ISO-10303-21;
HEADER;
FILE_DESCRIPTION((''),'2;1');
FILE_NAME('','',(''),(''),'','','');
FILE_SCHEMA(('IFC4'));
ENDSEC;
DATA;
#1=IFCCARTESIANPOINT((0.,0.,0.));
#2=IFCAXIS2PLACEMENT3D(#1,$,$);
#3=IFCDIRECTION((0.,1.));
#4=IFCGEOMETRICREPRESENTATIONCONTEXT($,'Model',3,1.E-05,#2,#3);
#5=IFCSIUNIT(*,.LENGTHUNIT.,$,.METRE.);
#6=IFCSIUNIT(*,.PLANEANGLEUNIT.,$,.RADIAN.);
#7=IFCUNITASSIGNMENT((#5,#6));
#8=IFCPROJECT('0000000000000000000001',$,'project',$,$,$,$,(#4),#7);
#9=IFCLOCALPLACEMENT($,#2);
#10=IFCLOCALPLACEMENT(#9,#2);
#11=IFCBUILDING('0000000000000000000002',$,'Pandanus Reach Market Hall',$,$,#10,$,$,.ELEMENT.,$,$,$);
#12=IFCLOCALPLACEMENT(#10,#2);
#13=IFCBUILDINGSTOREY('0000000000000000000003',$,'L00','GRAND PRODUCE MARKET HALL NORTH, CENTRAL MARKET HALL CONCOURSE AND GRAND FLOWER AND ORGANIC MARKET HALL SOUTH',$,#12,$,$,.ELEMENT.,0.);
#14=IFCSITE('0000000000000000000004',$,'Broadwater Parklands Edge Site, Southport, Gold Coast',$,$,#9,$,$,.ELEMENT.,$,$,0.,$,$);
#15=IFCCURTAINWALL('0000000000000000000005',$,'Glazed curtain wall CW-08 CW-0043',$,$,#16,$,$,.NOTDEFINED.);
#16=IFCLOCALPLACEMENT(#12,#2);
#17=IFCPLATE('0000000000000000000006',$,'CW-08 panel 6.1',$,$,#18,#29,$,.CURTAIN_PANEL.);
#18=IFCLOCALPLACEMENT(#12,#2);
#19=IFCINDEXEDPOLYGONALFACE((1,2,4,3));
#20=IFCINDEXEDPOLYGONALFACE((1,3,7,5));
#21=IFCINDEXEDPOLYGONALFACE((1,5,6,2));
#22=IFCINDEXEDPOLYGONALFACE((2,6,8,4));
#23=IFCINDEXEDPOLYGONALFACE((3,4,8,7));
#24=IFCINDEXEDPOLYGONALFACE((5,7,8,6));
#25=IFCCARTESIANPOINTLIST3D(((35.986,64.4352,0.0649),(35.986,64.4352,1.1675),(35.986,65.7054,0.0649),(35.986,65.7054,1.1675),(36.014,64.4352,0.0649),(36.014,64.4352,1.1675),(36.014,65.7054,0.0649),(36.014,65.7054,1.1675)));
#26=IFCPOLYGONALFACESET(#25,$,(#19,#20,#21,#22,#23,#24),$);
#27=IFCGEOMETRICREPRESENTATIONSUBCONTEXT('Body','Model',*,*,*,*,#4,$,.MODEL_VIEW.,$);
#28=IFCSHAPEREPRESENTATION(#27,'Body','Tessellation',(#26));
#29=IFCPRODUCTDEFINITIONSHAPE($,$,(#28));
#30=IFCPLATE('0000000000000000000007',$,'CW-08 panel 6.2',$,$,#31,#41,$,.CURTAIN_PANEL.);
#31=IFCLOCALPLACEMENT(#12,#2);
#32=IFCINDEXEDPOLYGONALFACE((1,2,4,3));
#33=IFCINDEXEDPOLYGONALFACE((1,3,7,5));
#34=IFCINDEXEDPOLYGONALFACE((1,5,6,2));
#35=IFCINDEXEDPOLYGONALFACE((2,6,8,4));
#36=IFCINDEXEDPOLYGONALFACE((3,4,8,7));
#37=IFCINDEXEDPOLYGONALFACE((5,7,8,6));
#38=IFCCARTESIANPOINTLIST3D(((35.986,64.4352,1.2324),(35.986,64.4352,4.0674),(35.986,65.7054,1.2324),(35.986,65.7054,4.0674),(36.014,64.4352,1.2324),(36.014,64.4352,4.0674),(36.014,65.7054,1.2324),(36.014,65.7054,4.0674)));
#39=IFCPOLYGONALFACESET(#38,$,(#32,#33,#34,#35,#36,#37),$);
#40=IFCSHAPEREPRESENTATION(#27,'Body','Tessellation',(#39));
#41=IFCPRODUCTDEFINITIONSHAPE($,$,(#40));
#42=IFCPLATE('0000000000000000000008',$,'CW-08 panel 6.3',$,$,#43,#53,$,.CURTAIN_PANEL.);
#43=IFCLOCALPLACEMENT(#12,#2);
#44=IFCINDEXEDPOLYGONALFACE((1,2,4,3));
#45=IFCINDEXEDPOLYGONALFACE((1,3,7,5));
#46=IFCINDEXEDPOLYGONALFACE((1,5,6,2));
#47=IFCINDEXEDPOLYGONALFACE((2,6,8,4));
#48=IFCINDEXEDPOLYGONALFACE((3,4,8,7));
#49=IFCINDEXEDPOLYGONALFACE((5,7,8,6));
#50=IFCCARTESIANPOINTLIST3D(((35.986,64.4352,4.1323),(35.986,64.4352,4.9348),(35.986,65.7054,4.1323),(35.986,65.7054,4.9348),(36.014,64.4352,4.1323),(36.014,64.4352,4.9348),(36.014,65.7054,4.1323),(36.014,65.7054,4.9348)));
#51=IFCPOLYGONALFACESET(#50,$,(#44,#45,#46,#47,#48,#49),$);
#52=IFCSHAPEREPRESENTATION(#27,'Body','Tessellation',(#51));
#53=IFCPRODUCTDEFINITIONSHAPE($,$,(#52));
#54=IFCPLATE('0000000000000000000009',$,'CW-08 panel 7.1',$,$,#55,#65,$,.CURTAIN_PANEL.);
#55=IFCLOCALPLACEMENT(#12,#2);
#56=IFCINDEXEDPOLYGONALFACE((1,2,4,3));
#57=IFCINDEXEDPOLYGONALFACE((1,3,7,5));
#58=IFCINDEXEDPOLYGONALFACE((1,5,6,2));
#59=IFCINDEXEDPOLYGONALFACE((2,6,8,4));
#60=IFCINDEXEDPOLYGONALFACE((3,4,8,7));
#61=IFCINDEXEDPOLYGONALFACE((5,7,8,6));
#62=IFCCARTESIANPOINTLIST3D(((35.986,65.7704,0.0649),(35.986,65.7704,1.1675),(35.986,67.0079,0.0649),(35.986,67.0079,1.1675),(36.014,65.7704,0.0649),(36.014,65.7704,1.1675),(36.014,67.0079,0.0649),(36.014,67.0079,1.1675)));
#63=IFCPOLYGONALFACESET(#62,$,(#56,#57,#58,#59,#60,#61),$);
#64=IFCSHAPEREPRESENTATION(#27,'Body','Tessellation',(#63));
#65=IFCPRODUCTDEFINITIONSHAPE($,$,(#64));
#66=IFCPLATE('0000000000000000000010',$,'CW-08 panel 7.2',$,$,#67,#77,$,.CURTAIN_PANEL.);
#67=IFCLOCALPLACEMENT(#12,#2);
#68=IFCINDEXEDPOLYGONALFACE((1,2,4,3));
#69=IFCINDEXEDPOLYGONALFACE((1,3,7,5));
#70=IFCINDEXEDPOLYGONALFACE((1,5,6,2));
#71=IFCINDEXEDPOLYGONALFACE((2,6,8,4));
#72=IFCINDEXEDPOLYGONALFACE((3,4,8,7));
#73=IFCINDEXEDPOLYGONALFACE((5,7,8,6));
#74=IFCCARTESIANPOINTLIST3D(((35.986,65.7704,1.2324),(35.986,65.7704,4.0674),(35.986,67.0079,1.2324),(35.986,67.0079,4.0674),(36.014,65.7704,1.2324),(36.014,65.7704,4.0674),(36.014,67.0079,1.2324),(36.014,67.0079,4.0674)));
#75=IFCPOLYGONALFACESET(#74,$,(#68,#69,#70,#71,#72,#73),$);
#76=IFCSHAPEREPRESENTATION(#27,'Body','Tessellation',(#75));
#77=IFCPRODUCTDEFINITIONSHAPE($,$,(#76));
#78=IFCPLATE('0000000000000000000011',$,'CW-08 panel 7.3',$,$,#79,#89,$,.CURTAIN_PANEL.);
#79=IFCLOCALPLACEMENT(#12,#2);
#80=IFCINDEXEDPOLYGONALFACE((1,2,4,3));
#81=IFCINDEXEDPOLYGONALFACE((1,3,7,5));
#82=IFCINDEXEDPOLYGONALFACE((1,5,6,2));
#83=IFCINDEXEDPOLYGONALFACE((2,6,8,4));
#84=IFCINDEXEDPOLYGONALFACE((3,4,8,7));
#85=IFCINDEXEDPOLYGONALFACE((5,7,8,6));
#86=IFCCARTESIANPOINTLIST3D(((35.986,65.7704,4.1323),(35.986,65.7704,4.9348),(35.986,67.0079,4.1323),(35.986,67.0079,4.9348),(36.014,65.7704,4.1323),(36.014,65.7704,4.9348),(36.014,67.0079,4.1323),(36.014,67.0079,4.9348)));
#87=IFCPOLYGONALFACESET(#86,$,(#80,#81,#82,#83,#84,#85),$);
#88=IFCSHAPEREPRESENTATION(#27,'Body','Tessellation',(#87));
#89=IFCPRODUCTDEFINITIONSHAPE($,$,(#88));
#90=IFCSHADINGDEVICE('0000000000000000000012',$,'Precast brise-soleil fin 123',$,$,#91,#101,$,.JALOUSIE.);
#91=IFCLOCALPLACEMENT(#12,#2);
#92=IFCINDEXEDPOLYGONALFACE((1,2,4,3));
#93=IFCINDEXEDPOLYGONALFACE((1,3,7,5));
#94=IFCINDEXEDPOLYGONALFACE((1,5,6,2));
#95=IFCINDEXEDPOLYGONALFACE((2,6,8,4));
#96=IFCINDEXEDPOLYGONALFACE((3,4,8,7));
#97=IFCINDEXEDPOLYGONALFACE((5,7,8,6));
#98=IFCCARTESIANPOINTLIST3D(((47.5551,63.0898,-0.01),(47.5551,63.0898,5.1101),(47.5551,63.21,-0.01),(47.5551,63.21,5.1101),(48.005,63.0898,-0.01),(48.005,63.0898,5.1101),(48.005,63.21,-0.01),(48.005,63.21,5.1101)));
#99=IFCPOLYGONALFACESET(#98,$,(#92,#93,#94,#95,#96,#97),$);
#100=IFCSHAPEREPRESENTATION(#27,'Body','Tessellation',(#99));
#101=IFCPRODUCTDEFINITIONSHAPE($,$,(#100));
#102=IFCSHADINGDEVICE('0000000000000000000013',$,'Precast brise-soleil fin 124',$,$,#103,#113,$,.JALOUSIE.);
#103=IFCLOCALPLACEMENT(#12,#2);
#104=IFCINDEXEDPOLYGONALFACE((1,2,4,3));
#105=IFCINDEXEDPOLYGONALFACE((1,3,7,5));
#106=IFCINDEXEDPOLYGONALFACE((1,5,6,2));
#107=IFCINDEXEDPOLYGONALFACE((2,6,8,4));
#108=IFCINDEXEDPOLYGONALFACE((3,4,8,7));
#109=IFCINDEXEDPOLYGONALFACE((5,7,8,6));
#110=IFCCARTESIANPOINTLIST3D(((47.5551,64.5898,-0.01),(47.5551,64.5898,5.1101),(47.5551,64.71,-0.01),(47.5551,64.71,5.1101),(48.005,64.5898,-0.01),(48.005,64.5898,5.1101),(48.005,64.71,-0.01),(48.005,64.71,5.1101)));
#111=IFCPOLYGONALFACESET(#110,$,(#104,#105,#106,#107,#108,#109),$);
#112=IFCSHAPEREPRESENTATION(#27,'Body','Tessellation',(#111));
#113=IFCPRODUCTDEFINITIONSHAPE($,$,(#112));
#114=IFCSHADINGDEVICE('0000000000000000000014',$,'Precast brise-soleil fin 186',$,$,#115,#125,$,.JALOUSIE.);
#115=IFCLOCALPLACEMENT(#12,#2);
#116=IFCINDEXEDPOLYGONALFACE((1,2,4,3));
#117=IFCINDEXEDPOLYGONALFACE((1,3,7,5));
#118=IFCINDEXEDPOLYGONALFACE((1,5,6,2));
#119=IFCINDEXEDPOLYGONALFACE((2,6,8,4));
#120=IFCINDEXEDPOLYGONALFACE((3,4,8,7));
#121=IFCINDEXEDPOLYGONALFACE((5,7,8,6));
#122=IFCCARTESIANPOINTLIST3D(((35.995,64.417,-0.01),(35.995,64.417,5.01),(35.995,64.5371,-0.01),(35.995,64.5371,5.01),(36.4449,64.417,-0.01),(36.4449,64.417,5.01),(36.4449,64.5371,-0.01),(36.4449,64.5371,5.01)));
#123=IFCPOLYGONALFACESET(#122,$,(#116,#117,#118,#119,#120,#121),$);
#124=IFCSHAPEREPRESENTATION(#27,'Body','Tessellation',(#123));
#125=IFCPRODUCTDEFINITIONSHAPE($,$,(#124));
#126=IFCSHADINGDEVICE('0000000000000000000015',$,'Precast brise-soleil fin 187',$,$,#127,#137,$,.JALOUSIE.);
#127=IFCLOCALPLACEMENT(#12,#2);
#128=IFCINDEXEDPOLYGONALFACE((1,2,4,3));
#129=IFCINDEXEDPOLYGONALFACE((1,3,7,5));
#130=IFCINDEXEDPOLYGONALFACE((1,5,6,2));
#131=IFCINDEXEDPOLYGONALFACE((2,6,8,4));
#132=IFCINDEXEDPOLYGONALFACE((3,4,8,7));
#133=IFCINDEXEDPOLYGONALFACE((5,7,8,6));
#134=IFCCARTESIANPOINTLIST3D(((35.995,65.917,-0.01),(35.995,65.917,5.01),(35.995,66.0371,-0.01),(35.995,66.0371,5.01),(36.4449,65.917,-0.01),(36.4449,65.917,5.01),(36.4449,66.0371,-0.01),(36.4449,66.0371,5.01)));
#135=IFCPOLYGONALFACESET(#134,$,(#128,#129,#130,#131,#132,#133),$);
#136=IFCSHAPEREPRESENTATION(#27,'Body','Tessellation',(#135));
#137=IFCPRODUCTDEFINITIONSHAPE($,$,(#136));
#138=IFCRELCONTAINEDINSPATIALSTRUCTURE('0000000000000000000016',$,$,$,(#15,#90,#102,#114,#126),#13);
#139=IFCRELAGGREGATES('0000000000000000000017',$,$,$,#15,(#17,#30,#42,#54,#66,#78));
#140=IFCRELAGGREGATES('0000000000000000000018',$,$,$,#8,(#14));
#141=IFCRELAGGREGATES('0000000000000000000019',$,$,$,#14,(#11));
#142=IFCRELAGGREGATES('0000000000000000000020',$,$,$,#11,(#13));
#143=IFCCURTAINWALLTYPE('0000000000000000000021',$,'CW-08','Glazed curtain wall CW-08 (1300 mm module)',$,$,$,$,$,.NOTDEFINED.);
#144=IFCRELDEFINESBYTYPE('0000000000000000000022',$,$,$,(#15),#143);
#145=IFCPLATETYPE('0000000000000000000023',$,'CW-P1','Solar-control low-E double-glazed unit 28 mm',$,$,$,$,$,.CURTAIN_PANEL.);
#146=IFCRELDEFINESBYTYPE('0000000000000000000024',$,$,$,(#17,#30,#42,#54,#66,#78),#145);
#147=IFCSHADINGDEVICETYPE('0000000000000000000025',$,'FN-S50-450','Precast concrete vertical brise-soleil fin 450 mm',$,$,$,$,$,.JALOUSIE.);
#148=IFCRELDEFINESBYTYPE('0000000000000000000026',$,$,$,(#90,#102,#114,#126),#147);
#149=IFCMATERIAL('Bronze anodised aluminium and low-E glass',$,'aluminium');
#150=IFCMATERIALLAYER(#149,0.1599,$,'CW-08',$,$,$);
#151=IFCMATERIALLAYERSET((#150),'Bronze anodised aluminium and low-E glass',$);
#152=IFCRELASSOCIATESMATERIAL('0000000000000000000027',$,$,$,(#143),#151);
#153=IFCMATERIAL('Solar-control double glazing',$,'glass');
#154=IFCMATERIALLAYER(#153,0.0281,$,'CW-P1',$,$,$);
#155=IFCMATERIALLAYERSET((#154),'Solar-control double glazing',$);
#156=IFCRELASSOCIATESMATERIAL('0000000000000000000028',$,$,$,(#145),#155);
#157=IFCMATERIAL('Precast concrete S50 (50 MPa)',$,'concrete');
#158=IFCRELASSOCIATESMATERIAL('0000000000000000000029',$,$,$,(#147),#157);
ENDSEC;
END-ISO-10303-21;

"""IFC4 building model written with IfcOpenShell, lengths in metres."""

from ifc_helpers import new_model, si_unit, direction, frame, origin, origin_2d, place, context, subcontext, project, spatial, rectangle, extrude, material, layer, layer_set, type_object, element, aggregate, save


model = new_model("IFC4")

# Units and contexts
model_context = context("Model", 3, precision=1e-05, world=origin(), true_north=direction((0.0, 1.0)))
body_context = subcontext(model_context, "Body", "Model", "MODEL_VIEW")
ifc_project = project(units=[si_unit("LENGTHUNIT", "METRE"), si_unit("PLANEANGLEUNIT", "RADIAN")], contexts=[model_context])

# Site, building, storey
site_placement = place(None, origin())
site = spatial("IfcSite", under=ifc_project, at=site_placement, Name="Broadwater Parklands Edge Site, Southport, Gold Coast", CompositionType="ELEMENT", RefElevation=0.0)
building_placement = place(site_placement, origin())
building = spatial("IfcBuilding", under=site, at=building_placement, Name="Pandanus Reach Market Hall", CompositionType="ELEMENT")
storey_placement = place(building_placement, origin())
storey = spatial("IfcBuildingStorey", under=building, at=storey_placement, Name="L00", Description="GRAND PRODUCE MARKET HALL NORTH, CENTRAL MARKET HALL CONCOURSE AND GRAND FLOWER AND ORGANIC MARKET HALL SOUTH", CompositionType="ELEMENT", Elevation=0.0)

# Shared definitions
ifc_material_1 = material(Name="Precast concrete S50 (50 MPa)", Category="concrete")

# Curtain wall
ifc_material_2 = material(Name="Bronze anodised aluminium and low-E glass", Category="aluminium")
ifc_layer_1 = layer(ifc_material_2, 0.1599, Name="CW-08")
ifc_layer_set_1 = layer_set([ifc_layer_1], Name="Bronze anodised aluminium and low-E glass")
curtain_wall_type = type_object("IfcCurtainWallType", Name="CW-08", Description="Glazed curtain wall CW-08 (1300 mm module)", PredefinedType="NOTDEFINED", material=ifc_layer_set_1)
curtain_wall_placement = place(storey_placement, origin())
curtain_wall = element("IfcCurtainWall", 1, at=curtain_wall_placement, inside=storey, type_object=curtain_wall_type, Name="Glazed curtain wall CW-08 CW-0043", PredefinedType="NOTDEFINED")

# Plates
ifc_material_3 = material(Name="Solar-control double glazing", Category="glass")
ifc_layer_2 = layer(ifc_material_3, 0.0281, Name="CW-P1")
ifc_layer_set_2 = layer_set([ifc_layer_2], Name="Solar-control double glazing")
plate_type = type_object("IfcPlateType", Name="CW-P1", Description="Solar-control low-E double-glazed unit 28 mm", PredefinedType="CURTAIN_PANEL", material=ifc_layer_set_2)
plate_1_placement = place(storey_placement, frame((36.0, 65.0703, 0.0649), z_axis=(0.0, 0.0, 1.0), x_axis=(0.0, 1.0, 0.0)))
plate_1 = element("IfcPlate", 2, at=plate_1_placement, type_object=plate_type, Name="CW-08 panel 6.1", PredefinedType="CURTAIN_PANEL", context=body_context, shape_type="SweptSolid", body=[
    extrude(rectangle(XDim=1.2703, YDim=0.0281, at=origin_2d()), origin(), (0.0, 0.0, 1.0), 1.1025),
])
plate_2_placement = place(storey_placement, frame((36.0, 65.0703, 1.2324), z_axis=(0.0, 0.0, 1.0), x_axis=(0.0, 1.0, 0.0)))
plate_2 = element("IfcPlate", 3, at=plate_2_placement, type_object=plate_type, Name="CW-08 panel 6.2", PredefinedType="CURTAIN_PANEL", context=body_context, shape_type="SweptSolid", body=[
    extrude(rectangle(XDim=1.2703, YDim=0.0281, at=origin_2d()), origin(), (0.0, 0.0, 1.0), 2.835),
])
plate_3_placement = place(storey_placement, frame((36.0, 65.0703, 4.1323), z_axis=(0.0, 0.0, 1.0), x_axis=(0.0, 1.0, 0.0)))
plate_3 = element("IfcPlate", 4, at=plate_3_placement, type_object=plate_type, Name="CW-08 panel 6.3", PredefinedType="CURTAIN_PANEL", context=body_context, shape_type="SweptSolid", body=[
    extrude(rectangle(XDim=1.2703, YDim=0.0281, at=origin_2d()), origin(), (0.0, 0.0, 1.0), 0.8025),
])
plate_4_placement = place(storey_placement, frame((36.0, 66.3892, 0.0649), z_axis=(0.0, 0.0, 1.0), x_axis=(0.0, 1.0, 0.0)))
plate_4 = element("IfcPlate", 5, at=plate_4_placement, type_object=plate_type, Name="CW-08 panel 7.1", PredefinedType="CURTAIN_PANEL", context=body_context, shape_type="SweptSolid", body=[
    extrude(rectangle(XDim=1.2375, YDim=0.0281, at=origin_2d()), origin(), (0.0, 0.0, 1.0), 1.1025),
])
plate_5_placement = place(storey_placement, frame((36.0, 66.3892, 1.2324), z_axis=(0.0, 0.0, 1.0), x_axis=(0.0, 1.0, 0.0)))
plate_5 = element("IfcPlate", 6, at=plate_5_placement, type_object=plate_type, Name="CW-08 panel 7.2", PredefinedType="CURTAIN_PANEL", context=body_context, shape_type="SweptSolid", body=[
    extrude(rectangle(XDim=1.2375, YDim=0.0281, at=origin_2d()), origin(), (0.0, 0.0, 1.0), 2.835),
])
plate_6_placement = place(storey_placement, frame((36.0, 66.3892, 4.1323), z_axis=(0.0, 0.0, 1.0), x_axis=(0.0, 1.0, 0.0)))
plate_6 = element("IfcPlate", 7, at=plate_6_placement, type_object=plate_type, Name="CW-08 panel 7.3", PredefinedType="CURTAIN_PANEL", context=body_context, shape_type="SweptSolid", body=[
    extrude(rectangle(XDim=1.2375, YDim=0.0281, at=origin_2d()), origin(), (0.0, 0.0, 1.0), 0.8025),
])
aggregate(curtain_wall, [plate_1, plate_2, plate_3, plate_4, plate_5, plate_6])

# Shading devices
shading_device_type = type_object("IfcShadingDeviceType", Name="FN-S50-450", Description="Precast concrete vertical brise-soleil fin 450 mm", PredefinedType="JALOUSIE", material=ifc_material_1)
for number, where, z_axis, x_axis, name in (
    (8, (47.78, 63.1499, -0.01), (0.0, 0.0, 1.0), (-1.0, 0.0, 0.0), "Precast brise-soleil fin 123"),
    (9, (47.78, 64.6499, -0.01), (0.0, 0.0, 1.0), (-1.0, 0.0, 0.0), "Precast brise-soleil fin 124"),
):
    element("IfcShadingDevice", number, at=place(storey_placement, frame(where, z_axis=z_axis, x_axis=x_axis)), inside=storey, type_object=shading_device_type, Name=name, PredefinedType="JALOUSIE", context=body_context, shape_type="SweptSolid", body=[
        extrude(rectangle(XDim=0.45, YDim=0.1201, at=origin_2d()), origin(), (0.0, 0.0, 1.0), 5.1201),
    ])
for number, where, z_axis, x_axis, name in (
    (10, (36.22, 64.4771, -0.01), (0.0, 0.0, 1.0), (1.0, 0.0, 0.0), "Precast brise-soleil fin 186"),
    (11, (36.22, 65.9771, -0.01), (0.0, 0.0, 1.0), (1.0, 0.0, 0.0), "Precast brise-soleil fin 187"),
):
    element("IfcShadingDevice", number, at=place(storey_placement, frame(where, z_axis=z_axis, x_axis=x_axis)), inside=storey, type_object=shading_device_type, Name=name, PredefinedType="JALOUSIE", context=body_context, shape_type="SweptSolid", body=[
        extrude(rectangle(XDim=0.45, YDim=0.1201, at=origin_2d()), origin(), (0.0, 0.0, 1.0), 5.02),
    ])

save(model, "model.ifc")
